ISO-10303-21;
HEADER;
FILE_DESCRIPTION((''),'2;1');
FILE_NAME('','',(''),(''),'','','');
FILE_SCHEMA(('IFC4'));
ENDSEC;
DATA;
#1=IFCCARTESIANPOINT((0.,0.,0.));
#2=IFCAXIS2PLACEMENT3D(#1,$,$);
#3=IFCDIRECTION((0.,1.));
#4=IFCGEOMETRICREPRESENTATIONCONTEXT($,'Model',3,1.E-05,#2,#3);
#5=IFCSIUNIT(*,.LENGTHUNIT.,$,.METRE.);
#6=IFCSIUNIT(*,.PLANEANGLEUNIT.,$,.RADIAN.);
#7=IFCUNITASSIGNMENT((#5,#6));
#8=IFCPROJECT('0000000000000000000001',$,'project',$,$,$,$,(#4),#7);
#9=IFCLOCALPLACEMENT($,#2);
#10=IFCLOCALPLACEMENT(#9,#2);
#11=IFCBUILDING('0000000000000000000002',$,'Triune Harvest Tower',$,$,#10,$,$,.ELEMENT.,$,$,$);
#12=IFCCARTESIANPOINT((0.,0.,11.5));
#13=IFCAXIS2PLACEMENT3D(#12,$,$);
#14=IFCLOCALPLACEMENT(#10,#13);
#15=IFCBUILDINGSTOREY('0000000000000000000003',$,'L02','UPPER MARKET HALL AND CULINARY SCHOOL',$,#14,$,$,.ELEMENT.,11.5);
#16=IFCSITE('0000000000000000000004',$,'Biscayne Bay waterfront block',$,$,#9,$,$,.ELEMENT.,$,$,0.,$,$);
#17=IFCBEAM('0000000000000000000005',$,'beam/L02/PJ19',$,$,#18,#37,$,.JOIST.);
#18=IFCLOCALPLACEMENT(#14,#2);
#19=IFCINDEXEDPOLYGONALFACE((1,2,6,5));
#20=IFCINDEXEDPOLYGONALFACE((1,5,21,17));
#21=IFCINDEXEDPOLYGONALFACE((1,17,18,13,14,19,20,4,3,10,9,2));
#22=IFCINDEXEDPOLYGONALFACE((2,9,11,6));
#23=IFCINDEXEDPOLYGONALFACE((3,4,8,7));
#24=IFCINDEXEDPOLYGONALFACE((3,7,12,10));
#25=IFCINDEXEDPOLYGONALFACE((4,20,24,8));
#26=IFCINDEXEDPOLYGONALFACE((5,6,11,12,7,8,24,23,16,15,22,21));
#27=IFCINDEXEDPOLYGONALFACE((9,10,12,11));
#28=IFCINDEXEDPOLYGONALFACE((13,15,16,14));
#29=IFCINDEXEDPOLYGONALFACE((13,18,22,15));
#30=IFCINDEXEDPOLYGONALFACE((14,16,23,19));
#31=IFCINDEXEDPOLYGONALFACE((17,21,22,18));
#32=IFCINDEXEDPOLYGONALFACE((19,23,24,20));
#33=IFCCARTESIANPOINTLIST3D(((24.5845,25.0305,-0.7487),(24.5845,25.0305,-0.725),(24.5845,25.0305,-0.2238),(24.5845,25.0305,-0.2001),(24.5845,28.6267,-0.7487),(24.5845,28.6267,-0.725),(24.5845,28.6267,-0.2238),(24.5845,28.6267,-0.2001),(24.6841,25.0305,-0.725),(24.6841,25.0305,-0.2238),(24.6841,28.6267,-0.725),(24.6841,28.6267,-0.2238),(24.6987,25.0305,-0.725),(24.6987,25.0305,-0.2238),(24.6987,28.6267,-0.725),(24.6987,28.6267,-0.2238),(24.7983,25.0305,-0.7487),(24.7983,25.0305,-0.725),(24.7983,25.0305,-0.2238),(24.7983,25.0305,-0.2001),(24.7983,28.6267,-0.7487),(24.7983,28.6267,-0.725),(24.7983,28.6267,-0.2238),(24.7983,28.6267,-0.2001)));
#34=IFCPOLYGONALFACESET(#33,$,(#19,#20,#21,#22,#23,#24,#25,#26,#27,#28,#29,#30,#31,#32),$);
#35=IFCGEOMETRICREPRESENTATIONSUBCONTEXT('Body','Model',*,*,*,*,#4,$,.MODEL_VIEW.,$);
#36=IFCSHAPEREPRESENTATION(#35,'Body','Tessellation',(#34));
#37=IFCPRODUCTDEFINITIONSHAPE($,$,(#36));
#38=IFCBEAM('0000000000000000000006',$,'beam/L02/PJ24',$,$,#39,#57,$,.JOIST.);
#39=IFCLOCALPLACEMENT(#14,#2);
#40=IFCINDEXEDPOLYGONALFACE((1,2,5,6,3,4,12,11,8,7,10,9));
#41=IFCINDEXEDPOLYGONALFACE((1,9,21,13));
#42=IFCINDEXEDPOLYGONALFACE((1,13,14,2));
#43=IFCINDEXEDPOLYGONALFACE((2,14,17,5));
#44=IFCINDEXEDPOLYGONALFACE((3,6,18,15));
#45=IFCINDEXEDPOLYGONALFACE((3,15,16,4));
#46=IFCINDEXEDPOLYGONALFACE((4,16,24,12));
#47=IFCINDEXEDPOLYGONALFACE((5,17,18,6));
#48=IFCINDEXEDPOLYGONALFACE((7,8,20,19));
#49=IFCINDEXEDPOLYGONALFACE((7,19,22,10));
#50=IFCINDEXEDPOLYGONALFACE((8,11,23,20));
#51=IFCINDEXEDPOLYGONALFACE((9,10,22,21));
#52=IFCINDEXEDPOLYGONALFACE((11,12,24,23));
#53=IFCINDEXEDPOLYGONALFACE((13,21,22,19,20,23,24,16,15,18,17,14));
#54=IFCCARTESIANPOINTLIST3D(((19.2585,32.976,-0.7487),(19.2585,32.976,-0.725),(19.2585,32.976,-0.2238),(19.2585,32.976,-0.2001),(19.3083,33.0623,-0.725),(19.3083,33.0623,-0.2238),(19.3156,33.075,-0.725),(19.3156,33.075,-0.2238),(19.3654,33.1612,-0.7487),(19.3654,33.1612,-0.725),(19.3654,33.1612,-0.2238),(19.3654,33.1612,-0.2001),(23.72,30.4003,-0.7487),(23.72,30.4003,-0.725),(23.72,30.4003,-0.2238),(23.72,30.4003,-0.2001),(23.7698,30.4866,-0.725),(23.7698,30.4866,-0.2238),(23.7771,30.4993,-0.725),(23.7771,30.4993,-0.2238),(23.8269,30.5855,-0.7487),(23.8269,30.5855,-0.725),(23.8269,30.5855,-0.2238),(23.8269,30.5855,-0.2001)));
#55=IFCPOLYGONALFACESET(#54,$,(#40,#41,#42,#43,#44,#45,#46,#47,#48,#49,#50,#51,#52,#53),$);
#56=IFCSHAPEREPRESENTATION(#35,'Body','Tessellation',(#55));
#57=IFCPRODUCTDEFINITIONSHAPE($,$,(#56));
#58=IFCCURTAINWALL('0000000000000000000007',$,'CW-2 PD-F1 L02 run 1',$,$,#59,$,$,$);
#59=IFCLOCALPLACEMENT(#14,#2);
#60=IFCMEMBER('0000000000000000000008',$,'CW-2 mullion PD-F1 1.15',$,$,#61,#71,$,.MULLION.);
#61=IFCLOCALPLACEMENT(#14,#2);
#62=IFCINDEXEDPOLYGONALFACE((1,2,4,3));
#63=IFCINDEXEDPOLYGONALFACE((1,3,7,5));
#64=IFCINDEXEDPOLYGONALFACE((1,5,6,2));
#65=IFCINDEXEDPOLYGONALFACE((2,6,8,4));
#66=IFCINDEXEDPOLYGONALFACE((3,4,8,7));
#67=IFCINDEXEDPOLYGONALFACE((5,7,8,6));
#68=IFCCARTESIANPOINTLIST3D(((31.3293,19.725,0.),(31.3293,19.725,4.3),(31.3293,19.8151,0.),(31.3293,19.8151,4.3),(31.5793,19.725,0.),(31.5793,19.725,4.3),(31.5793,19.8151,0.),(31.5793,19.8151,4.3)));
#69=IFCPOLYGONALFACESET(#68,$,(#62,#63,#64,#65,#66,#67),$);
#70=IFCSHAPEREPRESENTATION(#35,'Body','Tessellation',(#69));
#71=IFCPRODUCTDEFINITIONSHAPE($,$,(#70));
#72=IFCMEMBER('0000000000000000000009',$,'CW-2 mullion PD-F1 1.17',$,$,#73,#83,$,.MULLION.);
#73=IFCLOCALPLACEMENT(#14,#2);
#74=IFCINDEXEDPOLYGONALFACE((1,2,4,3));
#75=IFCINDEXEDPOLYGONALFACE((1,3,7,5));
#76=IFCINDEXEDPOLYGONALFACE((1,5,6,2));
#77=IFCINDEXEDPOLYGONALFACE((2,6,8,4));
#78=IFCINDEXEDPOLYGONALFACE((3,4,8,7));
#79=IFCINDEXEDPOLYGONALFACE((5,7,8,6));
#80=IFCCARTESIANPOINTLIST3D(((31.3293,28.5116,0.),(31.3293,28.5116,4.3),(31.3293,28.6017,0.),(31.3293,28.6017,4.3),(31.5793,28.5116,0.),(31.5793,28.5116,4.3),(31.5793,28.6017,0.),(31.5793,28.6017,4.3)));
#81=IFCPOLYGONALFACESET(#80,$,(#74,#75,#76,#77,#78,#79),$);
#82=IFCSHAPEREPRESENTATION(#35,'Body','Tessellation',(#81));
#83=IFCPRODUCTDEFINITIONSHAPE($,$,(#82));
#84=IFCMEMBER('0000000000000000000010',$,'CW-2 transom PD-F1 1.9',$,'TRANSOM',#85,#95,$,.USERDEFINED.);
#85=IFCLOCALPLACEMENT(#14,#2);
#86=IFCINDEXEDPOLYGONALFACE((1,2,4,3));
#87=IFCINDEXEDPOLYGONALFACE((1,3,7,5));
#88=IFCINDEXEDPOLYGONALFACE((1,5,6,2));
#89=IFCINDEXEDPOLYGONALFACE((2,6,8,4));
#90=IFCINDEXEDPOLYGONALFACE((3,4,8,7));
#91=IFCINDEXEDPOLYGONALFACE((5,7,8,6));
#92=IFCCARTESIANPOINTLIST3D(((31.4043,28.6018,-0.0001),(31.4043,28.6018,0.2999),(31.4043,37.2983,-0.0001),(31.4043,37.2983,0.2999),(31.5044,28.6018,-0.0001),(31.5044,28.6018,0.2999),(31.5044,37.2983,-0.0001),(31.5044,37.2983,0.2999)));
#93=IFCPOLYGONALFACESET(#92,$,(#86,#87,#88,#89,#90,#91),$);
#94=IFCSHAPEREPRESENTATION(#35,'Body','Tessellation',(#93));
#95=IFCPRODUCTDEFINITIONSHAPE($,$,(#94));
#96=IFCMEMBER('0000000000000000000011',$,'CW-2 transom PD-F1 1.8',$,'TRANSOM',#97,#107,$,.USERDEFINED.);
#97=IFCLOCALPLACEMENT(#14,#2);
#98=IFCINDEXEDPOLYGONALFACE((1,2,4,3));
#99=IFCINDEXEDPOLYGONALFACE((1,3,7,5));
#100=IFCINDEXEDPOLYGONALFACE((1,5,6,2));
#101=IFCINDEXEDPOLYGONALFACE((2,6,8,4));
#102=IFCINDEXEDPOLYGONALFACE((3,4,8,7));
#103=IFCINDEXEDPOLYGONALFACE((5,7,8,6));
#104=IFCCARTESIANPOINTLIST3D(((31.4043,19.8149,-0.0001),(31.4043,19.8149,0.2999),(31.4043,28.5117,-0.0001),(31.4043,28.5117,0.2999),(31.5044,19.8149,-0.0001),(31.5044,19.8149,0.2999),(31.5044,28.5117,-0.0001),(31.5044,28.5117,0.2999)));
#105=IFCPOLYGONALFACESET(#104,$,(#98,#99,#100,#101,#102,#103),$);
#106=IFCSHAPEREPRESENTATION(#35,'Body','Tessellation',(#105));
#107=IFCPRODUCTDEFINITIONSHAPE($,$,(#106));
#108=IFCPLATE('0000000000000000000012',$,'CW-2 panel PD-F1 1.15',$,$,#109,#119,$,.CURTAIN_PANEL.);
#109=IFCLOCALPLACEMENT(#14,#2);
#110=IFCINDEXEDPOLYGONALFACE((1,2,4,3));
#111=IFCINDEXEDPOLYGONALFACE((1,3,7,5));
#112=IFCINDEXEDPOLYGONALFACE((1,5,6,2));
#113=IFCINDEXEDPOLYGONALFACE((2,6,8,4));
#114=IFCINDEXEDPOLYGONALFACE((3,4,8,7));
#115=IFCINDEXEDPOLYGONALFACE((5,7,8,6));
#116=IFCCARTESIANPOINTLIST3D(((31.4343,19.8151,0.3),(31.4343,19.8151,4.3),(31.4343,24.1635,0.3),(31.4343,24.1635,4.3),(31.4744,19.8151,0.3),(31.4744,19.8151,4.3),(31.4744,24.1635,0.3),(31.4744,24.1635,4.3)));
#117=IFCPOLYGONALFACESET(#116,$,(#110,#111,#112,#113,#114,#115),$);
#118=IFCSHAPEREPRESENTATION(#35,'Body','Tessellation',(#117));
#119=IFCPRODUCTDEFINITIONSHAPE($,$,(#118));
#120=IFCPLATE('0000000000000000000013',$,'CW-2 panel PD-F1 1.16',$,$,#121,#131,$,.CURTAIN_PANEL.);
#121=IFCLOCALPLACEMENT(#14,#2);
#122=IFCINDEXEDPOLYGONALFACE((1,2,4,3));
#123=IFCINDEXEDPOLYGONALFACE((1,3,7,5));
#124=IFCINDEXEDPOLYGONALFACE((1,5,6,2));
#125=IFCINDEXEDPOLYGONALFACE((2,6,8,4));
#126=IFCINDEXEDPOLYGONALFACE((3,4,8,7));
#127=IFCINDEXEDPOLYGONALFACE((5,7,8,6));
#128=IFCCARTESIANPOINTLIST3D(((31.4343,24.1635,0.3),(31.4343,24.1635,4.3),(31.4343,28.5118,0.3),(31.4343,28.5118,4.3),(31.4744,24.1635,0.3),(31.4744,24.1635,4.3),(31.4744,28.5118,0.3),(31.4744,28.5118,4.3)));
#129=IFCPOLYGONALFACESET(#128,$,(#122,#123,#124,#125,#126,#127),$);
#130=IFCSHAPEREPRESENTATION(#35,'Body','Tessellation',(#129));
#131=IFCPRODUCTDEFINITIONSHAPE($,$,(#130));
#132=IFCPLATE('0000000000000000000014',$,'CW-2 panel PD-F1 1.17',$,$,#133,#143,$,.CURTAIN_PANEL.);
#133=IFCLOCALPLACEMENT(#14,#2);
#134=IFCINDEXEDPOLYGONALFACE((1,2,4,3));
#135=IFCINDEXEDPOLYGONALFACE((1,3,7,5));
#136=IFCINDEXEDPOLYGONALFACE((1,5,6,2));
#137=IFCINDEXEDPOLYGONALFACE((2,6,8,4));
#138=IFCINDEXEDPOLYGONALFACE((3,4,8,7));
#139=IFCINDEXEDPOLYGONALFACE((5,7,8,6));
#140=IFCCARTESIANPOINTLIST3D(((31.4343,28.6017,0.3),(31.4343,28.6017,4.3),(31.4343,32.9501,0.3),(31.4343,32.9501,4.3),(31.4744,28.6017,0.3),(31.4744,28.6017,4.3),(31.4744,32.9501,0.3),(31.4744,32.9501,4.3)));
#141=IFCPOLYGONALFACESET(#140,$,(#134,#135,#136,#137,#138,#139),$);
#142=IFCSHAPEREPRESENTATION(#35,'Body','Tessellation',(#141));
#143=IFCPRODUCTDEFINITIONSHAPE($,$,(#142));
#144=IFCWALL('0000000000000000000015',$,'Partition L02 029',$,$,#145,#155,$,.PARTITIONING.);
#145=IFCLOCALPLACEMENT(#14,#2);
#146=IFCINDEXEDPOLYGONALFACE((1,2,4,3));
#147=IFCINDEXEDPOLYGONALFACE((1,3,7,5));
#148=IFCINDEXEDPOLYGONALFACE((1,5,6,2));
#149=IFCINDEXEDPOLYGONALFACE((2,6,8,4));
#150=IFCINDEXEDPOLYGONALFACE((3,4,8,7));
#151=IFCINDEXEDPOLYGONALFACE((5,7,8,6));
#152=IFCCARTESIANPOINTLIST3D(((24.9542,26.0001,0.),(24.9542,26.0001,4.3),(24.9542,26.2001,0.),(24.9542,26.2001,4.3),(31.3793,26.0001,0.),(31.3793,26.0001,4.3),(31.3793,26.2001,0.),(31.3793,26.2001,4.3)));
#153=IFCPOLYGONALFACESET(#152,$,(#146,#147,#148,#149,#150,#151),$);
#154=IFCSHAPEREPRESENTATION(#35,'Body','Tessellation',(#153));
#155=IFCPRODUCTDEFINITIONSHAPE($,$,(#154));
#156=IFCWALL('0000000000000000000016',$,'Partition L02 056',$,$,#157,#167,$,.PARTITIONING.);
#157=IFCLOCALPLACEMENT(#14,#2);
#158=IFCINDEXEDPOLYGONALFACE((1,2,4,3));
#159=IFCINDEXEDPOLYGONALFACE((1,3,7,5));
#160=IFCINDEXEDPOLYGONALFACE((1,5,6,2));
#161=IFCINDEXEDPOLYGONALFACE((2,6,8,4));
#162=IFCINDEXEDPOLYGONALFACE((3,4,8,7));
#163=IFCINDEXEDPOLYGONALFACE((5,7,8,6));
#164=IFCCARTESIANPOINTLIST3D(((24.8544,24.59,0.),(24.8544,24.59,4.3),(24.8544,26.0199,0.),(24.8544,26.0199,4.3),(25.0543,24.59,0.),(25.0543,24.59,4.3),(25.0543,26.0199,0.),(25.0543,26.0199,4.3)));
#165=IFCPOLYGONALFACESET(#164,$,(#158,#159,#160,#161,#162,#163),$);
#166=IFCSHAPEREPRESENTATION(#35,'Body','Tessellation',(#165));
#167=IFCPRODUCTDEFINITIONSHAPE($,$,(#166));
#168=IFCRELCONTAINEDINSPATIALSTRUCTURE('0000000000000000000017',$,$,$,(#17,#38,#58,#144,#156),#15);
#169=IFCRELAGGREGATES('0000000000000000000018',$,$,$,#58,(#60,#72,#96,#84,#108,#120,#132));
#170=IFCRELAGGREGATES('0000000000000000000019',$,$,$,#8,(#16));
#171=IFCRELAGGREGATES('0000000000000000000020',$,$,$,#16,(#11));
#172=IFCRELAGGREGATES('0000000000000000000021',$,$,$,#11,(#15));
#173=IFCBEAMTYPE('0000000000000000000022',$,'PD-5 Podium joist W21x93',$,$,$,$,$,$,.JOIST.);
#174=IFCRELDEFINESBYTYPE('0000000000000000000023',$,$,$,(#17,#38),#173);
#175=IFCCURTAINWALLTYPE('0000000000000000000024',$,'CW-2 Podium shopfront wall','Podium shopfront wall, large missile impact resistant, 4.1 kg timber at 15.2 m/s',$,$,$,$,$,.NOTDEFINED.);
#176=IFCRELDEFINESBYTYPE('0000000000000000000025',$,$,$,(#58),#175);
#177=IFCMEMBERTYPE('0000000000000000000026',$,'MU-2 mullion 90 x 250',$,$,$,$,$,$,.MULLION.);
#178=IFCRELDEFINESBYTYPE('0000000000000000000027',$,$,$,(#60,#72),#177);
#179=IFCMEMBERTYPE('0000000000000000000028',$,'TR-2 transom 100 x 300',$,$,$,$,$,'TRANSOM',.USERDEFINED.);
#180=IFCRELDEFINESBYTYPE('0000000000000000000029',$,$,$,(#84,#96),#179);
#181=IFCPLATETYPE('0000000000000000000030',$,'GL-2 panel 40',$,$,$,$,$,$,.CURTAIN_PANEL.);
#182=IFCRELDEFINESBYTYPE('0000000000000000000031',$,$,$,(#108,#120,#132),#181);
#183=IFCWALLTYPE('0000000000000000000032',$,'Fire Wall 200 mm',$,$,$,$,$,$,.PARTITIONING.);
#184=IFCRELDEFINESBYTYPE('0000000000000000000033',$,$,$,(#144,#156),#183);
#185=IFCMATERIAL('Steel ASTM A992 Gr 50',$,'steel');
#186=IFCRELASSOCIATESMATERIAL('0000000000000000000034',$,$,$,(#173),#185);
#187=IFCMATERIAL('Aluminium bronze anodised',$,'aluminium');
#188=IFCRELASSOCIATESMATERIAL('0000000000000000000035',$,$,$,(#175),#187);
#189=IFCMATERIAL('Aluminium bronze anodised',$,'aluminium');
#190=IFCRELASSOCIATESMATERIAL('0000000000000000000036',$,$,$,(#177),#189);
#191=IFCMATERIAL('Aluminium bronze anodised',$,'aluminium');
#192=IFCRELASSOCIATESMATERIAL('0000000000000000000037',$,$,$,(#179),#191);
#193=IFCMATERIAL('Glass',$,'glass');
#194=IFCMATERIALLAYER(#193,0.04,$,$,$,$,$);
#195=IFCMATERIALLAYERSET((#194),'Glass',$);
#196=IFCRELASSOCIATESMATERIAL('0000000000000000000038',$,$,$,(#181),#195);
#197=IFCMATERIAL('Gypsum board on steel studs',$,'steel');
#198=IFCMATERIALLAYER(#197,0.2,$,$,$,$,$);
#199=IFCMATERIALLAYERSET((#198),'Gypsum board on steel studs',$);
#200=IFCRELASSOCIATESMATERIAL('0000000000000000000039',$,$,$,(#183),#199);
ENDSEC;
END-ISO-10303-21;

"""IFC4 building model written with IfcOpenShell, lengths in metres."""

from ifc_helpers import new_model, si_unit, direction, frame, frame_2d, origin, origin_2d, place, context, subcontext, project, spatial, rectangle, i_section, extrude, source, transform, mapped, material, layer, layer_set, material_profile, profile_set, type_object, element, aggregate, save


model = new_model("IFC4")

# Units and contexts
model_context = context("Model", 3, precision=1e-05, world=origin(), true_north=direction((0.0, 1.0)))
body_context = subcontext(model_context, "Body", "Model", "MODEL_VIEW")
ifc_project = project(units=[si_unit("LENGTHUNIT", "METRE"), si_unit("PLANEANGLEUNIT", "RADIAN")], contexts=[model_context])

# Site, building, storey
site_placement = place(None, origin())
site = spatial("IfcSite", under=ifc_project, at=site_placement, Name="Biscayne Bay waterfront block", CompositionType="ELEMENT", RefElevation=0.0)
building_placement = place(site_placement, origin())
building = spatial("IfcBuilding", under=site, at=building_placement, Name="Triune Harvest Tower", CompositionType="ELEMENT")
storey_placement = place(building_placement, frame((0.0, 0.0, 11.5)))
storey = spatial("IfcBuildingStorey", under=building, at=storey_placement, Name="L02", Description="UPPER MARKET HALL AND CULINARY SCHOOL", CompositionType="ELEMENT", Elevation=11.5)

# Beams
ifc_material_1 = material(Name="Steel ASTM A992 Gr 50", Category="steel")
ifc_material_profile_1 = material_profile(ifc_material_1, i_section(OverallWidth=0.2139, OverallDepth=0.5486, WebThickness=0.0146, FlangeThickness=0.0237, at=origin_2d()), Name="W21x93")
ifc_profile_set_1 = profile_set([ifc_material_profile_1], Name="Steel ASTM A992 Gr 50")
beam_type_1 = type_object("IfcBeamType", Name="PD-5 Podium joist W21x93", PredefinedType="JOIST", material=ifc_profile_set_1)
shared_shape_1 = source(origin(), body_context, "Body", "SweptSolid", [
    extrude(i_section(OverallWidth=0.2139, OverallDepth=0.5486, WebThickness=0.0146, FlangeThickness=0.0237, at=origin_2d()), origin(), (0.0, 0.0, 1.0), 3.5962),
])
beam_1_placement = place(storey_placement, frame((24.6914, 25.0305, -0.4744), z_axis=(0.0, 1.0, 0.0), x_axis=(-1.0, 0.0, 0.0)))
element("IfcBeam", 1, at=beam_1_placement, inside=storey, type_object=beam_type_1, Name="beam/L02/PJ19", PredefinedType="JOIST", context=body_context, shape_type="MappedRepresentation", body=[
    mapped(shared_shape_1, transform((0.0, 0.0, 0.0), scale=1.0)),
])
shared_shape_2 = source(origin(), body_context, "Body", "SweptSolid", [
    extrude(i_section(OverallWidth=0.2139, OverallDepth=0.5486, WebThickness=0.0146, FlangeThickness=0.0237, at=origin_2d()), origin(), (0.0, 0.0, 1.0), 5.1516),
])
beam_2_placement = place(storey_placement, frame((23.7734, 30.4929, -0.4744), z_axis=(-0.866036, 0.499982, 0.0), x_axis=(-0.499982, -0.866036, 0.0)))
element("IfcBeam", 2, at=beam_2_placement, inside=storey, type_object=beam_type_1, Name="beam/L02/PJ24", PredefinedType="JOIST", context=body_context, shape_type="MappedRepresentation", body=[
    mapped(shared_shape_2, transform((0.0, 0.0, 0.0), scale=1.0)),
])

# Curtain wall, members, plates
ifc_material_2 = material(Name="Aluminium bronze anodised", Category="aluminium")
curtain_wall_type = type_object("IfcCurtainWallType", Name="CW-2 Podium shopfront wall", Description="Podium shopfront wall, large missile impact resistant, 4.1 kg timber at 15.2 m/s", PredefinedType="NOTDEFINED", material=ifc_material_2)
curtain_wall_placement = place(storey_placement, origin())
curtain_wall = element("IfcCurtainWall", 3, at=curtain_wall_placement, inside=storey, type_object=curtain_wall_type, Name="CW-2 PD-F1 L02 run 1")
ifc_material_3 = material(Name="Aluminium bronze anodised", Category="aluminium")
ifc_material_profile_2 = material_profile(ifc_material_3, rectangle(XDim=0.25, YDim=0.0901, at=origin_2d()), Name="MU-2 mullion 90 x 250")
ifc_profile_set_2 = profile_set([ifc_material_profile_2], Name="Aluminium bronze anodised")
member_type_1 = type_object("IfcMemberType", Name="MU-2 mullion 90 x 250", PredefinedType="MULLION", material=ifc_profile_set_2)
shared_shape_3 = source(origin(), body_context, "Body", "SweptSolid", [
    extrude(rectangle(XDim=0.25, YDim=0.0901, at=origin_2d()), origin(), (0.0, 0.0, 1.0), 4.3),
])
member_1_placement = place(storey_placement, frame((31.4543, 19.77, 0.0), z_axis=(0.0, 0.0, 1.0), x_axis=(-1.0, 0.0, 0.0)))
member_1 = element("IfcMember", 4, at=member_1_placement, type_object=member_type_1, Name="CW-2 mullion PD-F1 1.15", PredefinedType="MULLION", context=body_context, shape_type="MappedRepresentation", body=[
    mapped(shared_shape_3, transform((0.0, 0.0, 0.0), scale=1.0)),
])
member_2_placement = place(storey_placement, frame((31.4543, 28.5566, 0.0), z_axis=(0.0, 0.0, 1.0), x_axis=(-1.0, 0.0, 0.0)))
member_2 = element("IfcMember", 5, at=member_2_placement, type_object=member_type_1, Name="CW-2 mullion PD-F1 1.17", PredefinedType="MULLION", context=body_context, shape_type="MappedRepresentation", body=[
    mapped(shared_shape_3, transform((0.0, 0.0, 0.0), scale=1.0)),
])
ifc_material_4 = material(Name="Aluminium bronze anodised", Category="aluminium")
ifc_material_profile_3 = material_profile(ifc_material_4, rectangle(XDim=0.1001, YDim=0.3, at=origin_2d()), Name="TR-2 transom 100 x 300")
ifc_profile_set_3 = profile_set([ifc_material_profile_3], Name="Aluminium bronze anodised")
member_type_2 = type_object("IfcMemberType", Name="TR-2 transom 100 x 300", ElementType="TRANSOM", PredefinedType="USERDEFINED", material=ifc_profile_set_3)
shared_shape_4 = source(origin(), body_context, "Body", "SweptSolid", [
    extrude(rectangle(XDim=0.1001, YDim=0.3, at=origin_2d()), origin(), (0.0, 0.0, 1.0), 8.6965),
])
member_3_placement = place(storey_placement, frame((31.4543, 28.6018, 0.1499), z_axis=(0.0, 1.0, 0.0), x_axis=(-1.0, 0.0, 0.0)))
member_3 = element("IfcMember", 6, at=member_3_placement, type_object=member_type_2, Name="CW-2 transom PD-F1 1.9", ObjectType="TRANSOM", PredefinedType="USERDEFINED", context=body_context, shape_type="MappedRepresentation", body=[
    mapped(shared_shape_4, transform((0.0, 0.0, 0.0), scale=1.0)),
])
shared_shape_5 = source(origin(), body_context, "Body", "SweptSolid", [
    extrude(rectangle(XDim=0.1001, YDim=0.3, at=origin_2d()), origin(), (0.0, 0.0, 1.0), 8.6968),
])
member_4_placement = place(storey_placement, frame((31.4543, 19.8149, 0.1499), z_axis=(0.0, 1.0, 0.0), x_axis=(-1.0, 0.0, 0.0)))
member_4 = element("IfcMember", 7, at=member_4_placement, type_object=member_type_2, Name="CW-2 transom PD-F1 1.8", ObjectType="TRANSOM", PredefinedType="USERDEFINED", context=body_context, shape_type="MappedRepresentation", body=[
    mapped(shared_shape_5, transform((0.0, 0.0, 0.0), scale=1.0)),
])
ifc_material_5 = material(Name="Glass", Category="glass")
ifc_layer_1 = layer(ifc_material_5, 0.04)
ifc_layer_set_1 = layer_set([ifc_layer_1], Name="Glass")
plate_type = type_object("IfcPlateType", Name="GL-2 panel 40", PredefinedType="CURTAIN_PANEL", material=ifc_layer_set_1)
shared_shape_6 = source(origin(), body_context, "Body", "SweptSolid", [
    extrude(rectangle(XDim=4.3484, YDim=0.04, at=origin_2d()), origin(), (0.0, 0.0, 1.0), 4.0),
])
plate_1_placement = place(storey_placement, frame((31.4543, 21.9893, 0.3), z_axis=(0.0, 0.0, 1.0), x_axis=(0.0, 1.0, 0.0)))
plate_1 = element("IfcPlate", 8, at=plate_1_placement, type_object=plate_type, Name="CW-2 panel PD-F1 1.15", PredefinedType="CURTAIN_PANEL", context=body_context, shape_type="MappedRepresentation", body=[
    mapped(shared_shape_6, transform((0.0, 0.0, 0.0), scale=1.0)),
])
plate_2_placement = place(storey_placement, frame((31.4543, 26.3376, 0.3), z_axis=(0.0, 0.0, 1.0), x_axis=(0.0, 1.0, 0.0)))
plate_2 = element("IfcPlate", 9, at=plate_2_placement, type_object=plate_type, Name="CW-2 panel PD-F1 1.16", PredefinedType="CURTAIN_PANEL", context=body_context, shape_type="MappedRepresentation", body=[
    mapped(shared_shape_6, transform((0.0, 0.0, 0.0), scale=1.0)),
])
plate_3_placement = place(storey_placement, frame((31.4543, 30.7759, 0.3), z_axis=(0.0, 0.0, 1.0), x_axis=(0.0, 1.0, 0.0)))
plate_3 = element("IfcPlate", 10, at=plate_3_placement, type_object=plate_type, Name="CW-2 panel PD-F1 1.17", PredefinedType="CURTAIN_PANEL", context=body_context, shape_type="MappedRepresentation", body=[
    mapped(shared_shape_6, transform((0.0, 0.0, 0.0), scale=1.0)),
])
aggregate(curtain_wall, [member_1, member_2, member_4, member_3, plate_1, plate_2, plate_3])

# Walls
ifc_material_6 = material(Name="Gypsum board on steel studs", Category="steel")
ifc_layer_2 = layer(ifc_material_6, 0.2)
ifc_layer_set_2 = layer_set([ifc_layer_2], Name="Gypsum board on steel studs")
wall_type = type_object("IfcWallType", Name="Fire Wall 200 mm", PredefinedType="PARTITIONING", material=ifc_layer_set_2)
wall_1_placement = place(storey_placement, frame((24.9543, 26.1001, 0.0), z_axis=(0.0, 0.0, 1.0), x_axis=(1.0, 0.0, 0.0)))
element("IfcWall", 11, at=wall_1_placement, inside=storey, type_object=wall_type, Name="Partition L02 029", PredefinedType="PARTITIONING", context=body_context, shape_type="SweptSolid", body=[
    extrude(rectangle(XDim=6.425, YDim=0.2, at=frame_2d((3.2124, 0.0))), origin(), (0.0, 0.0, 1.0), 4.3),
])
wall_2_placement = place(storey_placement, frame((24.9543, 24.5901, 0.0), z_axis=(0.0, 0.0, 1.0), x_axis=(0.0, 1.0, 0.0)))
element("IfcWall", 12, at=wall_2_placement, inside=storey, type_object=wall_type, Name="Partition L02 056", PredefinedType="PARTITIONING", context=body_context, shape_type="SweptSolid", body=[
    extrude(rectangle(XDim=1.4299, YDim=0.2, at=frame_2d((0.7148, 0.0))), origin(), (0.0, 0.0, 1.0), 4.3),
])

save(model, "model.ifc")
